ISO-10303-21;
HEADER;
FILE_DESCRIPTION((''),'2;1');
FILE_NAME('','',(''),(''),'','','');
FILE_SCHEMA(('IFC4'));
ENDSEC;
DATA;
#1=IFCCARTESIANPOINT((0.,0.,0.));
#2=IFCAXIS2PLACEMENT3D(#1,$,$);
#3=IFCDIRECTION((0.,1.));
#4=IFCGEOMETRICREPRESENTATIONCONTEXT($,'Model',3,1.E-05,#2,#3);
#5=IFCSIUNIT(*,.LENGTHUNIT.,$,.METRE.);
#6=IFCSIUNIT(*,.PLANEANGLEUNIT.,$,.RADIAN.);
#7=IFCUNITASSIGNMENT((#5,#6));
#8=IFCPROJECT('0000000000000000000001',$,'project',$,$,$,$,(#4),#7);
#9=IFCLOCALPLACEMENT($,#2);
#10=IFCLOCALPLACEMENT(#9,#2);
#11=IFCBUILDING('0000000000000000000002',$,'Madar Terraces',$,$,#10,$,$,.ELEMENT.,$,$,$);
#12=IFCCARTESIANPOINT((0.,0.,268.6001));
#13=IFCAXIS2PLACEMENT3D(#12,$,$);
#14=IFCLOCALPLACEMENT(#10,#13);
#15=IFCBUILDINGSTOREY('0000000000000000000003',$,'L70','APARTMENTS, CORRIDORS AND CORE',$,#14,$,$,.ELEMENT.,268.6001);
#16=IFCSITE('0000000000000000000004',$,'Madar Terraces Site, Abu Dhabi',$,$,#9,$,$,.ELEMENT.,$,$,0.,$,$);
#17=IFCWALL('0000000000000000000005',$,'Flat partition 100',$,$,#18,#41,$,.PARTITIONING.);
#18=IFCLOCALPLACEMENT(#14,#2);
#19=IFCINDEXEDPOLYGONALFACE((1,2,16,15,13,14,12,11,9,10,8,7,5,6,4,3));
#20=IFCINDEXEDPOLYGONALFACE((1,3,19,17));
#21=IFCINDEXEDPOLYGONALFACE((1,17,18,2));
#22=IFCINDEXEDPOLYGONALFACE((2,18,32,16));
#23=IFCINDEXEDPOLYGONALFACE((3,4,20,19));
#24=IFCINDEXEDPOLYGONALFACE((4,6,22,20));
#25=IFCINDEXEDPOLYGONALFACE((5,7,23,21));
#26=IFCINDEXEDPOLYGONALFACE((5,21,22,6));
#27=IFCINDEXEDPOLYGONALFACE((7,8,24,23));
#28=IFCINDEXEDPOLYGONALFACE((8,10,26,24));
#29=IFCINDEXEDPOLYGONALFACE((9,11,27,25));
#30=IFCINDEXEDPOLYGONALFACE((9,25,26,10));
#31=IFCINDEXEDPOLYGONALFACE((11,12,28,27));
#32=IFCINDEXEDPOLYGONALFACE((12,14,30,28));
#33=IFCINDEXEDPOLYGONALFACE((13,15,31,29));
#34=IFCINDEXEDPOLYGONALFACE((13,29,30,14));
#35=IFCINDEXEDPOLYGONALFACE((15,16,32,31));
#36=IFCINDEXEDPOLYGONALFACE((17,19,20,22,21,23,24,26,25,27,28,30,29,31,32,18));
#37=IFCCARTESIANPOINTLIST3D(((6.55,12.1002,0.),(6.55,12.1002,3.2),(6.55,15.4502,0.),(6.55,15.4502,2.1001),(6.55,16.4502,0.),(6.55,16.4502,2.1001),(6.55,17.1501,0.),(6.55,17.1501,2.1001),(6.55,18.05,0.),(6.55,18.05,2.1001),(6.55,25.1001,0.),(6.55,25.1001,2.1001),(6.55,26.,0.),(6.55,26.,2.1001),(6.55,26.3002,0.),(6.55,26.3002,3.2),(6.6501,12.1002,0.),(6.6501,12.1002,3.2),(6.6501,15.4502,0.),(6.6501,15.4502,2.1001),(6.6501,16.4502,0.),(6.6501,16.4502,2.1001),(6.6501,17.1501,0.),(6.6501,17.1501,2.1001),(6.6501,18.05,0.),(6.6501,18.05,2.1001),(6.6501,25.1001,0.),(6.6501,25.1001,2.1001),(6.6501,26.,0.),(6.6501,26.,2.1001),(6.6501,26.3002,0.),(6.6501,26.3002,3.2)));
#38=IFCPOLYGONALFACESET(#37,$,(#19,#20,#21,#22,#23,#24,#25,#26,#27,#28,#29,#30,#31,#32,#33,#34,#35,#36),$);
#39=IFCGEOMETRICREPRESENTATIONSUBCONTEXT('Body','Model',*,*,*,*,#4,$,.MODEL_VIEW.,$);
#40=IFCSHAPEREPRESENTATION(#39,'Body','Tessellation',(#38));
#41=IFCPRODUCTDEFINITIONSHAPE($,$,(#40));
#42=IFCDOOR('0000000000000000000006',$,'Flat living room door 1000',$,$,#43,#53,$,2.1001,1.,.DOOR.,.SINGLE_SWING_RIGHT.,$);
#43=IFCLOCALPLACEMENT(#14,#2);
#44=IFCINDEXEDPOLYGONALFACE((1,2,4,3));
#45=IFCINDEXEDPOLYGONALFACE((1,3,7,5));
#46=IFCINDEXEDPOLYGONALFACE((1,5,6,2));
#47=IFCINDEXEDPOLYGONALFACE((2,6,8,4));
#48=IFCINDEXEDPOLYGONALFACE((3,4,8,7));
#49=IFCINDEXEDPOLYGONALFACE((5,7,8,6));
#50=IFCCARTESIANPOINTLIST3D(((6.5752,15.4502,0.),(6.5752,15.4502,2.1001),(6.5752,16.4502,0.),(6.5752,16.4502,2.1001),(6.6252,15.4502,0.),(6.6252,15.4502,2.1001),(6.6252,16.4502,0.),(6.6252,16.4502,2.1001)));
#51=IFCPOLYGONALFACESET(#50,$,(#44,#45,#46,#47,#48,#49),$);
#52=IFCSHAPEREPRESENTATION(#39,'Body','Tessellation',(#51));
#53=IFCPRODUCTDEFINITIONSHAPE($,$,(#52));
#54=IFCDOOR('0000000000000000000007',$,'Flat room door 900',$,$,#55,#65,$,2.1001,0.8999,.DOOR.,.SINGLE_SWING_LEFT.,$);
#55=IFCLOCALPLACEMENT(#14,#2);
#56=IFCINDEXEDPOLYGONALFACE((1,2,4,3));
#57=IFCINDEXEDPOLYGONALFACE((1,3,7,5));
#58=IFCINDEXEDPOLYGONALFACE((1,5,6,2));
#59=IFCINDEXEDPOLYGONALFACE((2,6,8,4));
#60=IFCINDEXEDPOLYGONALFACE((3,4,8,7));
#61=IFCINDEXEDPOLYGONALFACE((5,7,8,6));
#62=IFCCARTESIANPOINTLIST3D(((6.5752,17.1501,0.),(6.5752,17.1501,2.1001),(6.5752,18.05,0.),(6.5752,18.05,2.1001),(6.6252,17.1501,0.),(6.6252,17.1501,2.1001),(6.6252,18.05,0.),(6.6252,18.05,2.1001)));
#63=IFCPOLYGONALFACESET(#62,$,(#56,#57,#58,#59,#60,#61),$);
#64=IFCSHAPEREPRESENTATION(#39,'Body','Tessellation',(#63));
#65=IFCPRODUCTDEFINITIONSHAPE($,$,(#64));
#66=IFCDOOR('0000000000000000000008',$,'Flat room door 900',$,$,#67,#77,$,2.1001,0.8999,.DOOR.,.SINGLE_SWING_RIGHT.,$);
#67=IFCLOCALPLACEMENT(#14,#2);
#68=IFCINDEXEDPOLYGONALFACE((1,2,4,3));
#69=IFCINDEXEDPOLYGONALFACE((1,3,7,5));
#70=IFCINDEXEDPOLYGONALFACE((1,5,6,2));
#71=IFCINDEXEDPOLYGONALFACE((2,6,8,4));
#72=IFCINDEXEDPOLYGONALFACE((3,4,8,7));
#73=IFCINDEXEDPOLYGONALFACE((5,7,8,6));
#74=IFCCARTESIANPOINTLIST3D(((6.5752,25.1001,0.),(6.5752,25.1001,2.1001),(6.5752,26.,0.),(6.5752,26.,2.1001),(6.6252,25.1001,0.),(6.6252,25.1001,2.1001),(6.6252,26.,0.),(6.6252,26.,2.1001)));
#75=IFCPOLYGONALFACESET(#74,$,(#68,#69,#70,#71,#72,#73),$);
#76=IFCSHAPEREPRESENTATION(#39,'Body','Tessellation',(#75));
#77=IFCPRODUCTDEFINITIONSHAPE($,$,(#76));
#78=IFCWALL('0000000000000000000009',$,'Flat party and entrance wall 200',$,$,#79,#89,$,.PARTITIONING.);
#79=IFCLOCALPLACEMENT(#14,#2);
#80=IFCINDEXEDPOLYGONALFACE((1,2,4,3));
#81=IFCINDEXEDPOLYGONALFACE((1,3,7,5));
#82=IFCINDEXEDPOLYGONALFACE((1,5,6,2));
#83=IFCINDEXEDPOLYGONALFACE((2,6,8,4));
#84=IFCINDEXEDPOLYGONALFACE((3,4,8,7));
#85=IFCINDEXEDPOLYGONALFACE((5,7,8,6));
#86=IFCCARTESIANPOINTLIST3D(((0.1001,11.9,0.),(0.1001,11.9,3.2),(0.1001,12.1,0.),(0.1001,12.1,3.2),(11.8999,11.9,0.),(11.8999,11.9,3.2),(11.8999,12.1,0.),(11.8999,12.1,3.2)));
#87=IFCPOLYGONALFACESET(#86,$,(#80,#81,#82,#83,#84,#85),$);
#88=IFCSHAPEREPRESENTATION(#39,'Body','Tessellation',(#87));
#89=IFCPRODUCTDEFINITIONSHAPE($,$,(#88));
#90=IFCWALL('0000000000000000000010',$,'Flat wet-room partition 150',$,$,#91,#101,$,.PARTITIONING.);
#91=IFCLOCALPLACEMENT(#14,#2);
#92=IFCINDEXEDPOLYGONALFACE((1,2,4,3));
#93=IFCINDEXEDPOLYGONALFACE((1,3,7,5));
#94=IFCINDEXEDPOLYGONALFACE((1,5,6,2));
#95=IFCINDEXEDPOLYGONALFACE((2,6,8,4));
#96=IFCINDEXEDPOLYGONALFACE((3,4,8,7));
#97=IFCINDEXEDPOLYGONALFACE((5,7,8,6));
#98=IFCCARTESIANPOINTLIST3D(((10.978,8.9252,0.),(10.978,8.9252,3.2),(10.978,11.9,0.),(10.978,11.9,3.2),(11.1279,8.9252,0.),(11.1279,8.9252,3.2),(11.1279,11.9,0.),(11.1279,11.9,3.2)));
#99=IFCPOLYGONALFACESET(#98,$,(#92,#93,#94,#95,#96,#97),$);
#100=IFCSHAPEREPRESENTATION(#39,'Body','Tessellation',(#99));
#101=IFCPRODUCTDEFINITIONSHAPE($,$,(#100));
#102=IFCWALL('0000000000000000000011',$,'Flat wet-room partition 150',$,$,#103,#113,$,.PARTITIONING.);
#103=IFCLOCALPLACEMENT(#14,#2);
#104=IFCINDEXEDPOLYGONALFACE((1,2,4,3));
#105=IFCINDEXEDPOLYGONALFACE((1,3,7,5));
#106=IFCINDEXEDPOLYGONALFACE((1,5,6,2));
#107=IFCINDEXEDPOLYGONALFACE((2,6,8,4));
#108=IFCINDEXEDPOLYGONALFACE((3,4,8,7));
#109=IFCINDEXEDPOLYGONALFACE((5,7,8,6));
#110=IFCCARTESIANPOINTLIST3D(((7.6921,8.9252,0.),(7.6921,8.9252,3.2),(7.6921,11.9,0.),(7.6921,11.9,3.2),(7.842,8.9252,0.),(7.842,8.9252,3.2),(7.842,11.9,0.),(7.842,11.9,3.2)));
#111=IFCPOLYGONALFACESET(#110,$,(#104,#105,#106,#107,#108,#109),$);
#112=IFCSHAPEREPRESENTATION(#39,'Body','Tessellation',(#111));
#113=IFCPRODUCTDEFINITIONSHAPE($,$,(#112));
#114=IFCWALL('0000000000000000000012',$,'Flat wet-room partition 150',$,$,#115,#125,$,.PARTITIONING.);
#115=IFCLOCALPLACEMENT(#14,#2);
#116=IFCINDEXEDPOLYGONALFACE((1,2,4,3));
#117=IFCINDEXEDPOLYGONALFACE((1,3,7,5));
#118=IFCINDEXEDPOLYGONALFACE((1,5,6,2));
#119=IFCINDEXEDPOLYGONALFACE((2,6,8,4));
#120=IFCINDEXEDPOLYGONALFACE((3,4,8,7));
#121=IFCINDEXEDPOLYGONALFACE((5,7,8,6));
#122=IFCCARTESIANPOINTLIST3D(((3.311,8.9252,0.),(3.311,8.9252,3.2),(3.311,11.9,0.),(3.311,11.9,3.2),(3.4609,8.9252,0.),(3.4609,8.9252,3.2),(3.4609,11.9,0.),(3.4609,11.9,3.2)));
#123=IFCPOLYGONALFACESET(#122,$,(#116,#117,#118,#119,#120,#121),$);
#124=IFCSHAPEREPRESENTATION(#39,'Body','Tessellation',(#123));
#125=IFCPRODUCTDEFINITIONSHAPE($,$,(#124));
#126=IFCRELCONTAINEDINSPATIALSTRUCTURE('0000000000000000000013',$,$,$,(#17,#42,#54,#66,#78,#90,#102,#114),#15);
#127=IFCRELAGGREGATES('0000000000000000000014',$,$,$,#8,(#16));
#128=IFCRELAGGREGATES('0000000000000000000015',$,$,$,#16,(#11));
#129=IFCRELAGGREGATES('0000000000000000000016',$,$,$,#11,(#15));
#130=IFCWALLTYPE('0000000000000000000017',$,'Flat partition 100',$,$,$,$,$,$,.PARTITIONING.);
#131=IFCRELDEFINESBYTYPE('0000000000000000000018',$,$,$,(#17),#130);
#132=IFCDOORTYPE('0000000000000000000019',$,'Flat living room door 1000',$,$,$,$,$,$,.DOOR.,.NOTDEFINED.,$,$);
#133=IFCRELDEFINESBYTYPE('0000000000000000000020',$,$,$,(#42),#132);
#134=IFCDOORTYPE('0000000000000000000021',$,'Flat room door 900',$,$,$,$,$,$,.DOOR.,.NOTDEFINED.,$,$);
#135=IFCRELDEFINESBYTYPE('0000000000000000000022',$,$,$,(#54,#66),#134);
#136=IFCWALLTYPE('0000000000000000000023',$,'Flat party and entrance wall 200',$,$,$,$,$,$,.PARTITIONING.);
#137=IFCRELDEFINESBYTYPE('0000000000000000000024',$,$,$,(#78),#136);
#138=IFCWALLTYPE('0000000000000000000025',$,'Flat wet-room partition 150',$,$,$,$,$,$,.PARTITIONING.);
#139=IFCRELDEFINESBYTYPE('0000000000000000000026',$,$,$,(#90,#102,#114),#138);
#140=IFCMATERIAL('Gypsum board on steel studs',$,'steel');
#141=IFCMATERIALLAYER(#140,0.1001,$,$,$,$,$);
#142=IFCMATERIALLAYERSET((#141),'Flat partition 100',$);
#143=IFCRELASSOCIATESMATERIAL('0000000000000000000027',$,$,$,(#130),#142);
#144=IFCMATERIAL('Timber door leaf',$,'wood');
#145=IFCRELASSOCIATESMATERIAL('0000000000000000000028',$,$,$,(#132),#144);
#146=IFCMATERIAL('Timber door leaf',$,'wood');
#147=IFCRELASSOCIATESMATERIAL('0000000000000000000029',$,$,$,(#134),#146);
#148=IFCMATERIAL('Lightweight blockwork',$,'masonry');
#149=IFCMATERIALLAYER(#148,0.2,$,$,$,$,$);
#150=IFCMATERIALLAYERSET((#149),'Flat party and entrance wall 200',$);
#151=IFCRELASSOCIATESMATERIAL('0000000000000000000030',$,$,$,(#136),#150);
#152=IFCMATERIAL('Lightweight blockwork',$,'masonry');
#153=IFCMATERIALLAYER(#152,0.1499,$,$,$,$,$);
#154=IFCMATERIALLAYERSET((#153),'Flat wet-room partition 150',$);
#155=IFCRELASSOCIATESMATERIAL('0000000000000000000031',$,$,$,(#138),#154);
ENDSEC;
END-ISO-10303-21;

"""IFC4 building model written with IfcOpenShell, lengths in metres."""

from ifc_helpers import new_model, si_unit, direction, frame, frame_2d, origin, place, context, subcontext, project, spatial, rectangle, extrude, material, layer, layer_set, type_object, element, fill, save


model = new_model("IFC4")

# Units and contexts
model_context = context("Model", 3, precision=1e-05, world=origin(), true_north=direction((0.0, 1.0)))
body_context = subcontext(model_context, "Body", "Model", "MODEL_VIEW")
ifc_project = project(units=[si_unit("LENGTHUNIT", "METRE"), si_unit("PLANEANGLEUNIT", "RADIAN")], contexts=[model_context])

# Site, building, storey
site_placement = place(None, origin())
site = spatial("IfcSite", under=ifc_project, at=site_placement, Name="Madar Terraces Site, Abu Dhabi", CompositionType="ELEMENT", RefElevation=0.0)
building_placement = place(site_placement, origin())
building = spatial("IfcBuilding", under=site, at=building_placement, Name="Madar Terraces", CompositionType="ELEMENT")
storey_placement = place(building_placement, frame((0.0, 0.0, 268.6001)))
storey = spatial("IfcBuildingStorey", under=building, at=storey_placement, Name="L70", Description="APARTMENTS, CORRIDORS AND CORE", CompositionType="ELEMENT", Elevation=268.6001)

# Shared definitions
ifc_material_1 = material(Name="Gypsum board on steel studs", Category="steel")
ifc_layer_1 = layer(ifc_material_1, 0.1001)
ifc_layer_set_1 = layer_set([ifc_layer_1], Name="Flat partition 100")
wall_type_1 = type_object("IfcWallType", Name="Flat partition 100", PredefinedType="PARTITIONING", material=ifc_layer_set_1)

# Wall, openings, doors
wall_1_placement = place(storey_placement, frame((6.6001, 12.1001, 0.0), z_axis=(0.0, 0.0, 1.0), x_axis=(0.0, 1.0, 0.0)))
wall_1 = element("IfcWall", 1, at=wall_1_placement, inside=storey, type_object=wall_type_1, Name="Flat partition 100", PredefinedType="PARTITIONING", context=body_context, shape_type="SweptSolid", body=[
    extrude(rectangle(XDim=14.2, YDim=0.1001, at=frame_2d((7.1001, 0.0))), origin(), (0.0, 0.0, 1.0), 3.2),
])
opening_1_placement = place(wall_1_placement, frame((3.3501, 0.0, 0.0)))
opening_1 = element("IfcOpeningElement", 2, at=opening_1_placement, cuts=wall_1, PredefinedType="OPENING", context=body_context, shape_type="SweptSolid", body=[
    extrude(rectangle(XDim=1.0, YDim=2.1001, at=frame_2d((0.5, 1.05))), frame((0.0, 0.0601, 0.0), z_axis=(0.0, -1.0, 0.0), x_axis=(1.0, 0.0, 0.0)), (0.0, 0.0, 1.0), 0.1201),
])
opening_2_placement = place(wall_1_placement, frame((5.05, 0.0, 0.0)))
opening_2 = element("IfcOpeningElement", 3, at=opening_2_placement, cuts=wall_1, PredefinedType="OPENING", context=body_context, shape_type="SweptSolid", body=[
    extrude(rectangle(XDim=0.8999, YDim=2.1001, at=frame_2d((0.45, 1.05))), frame((0.0, 0.0601, 0.0), z_axis=(0.0, -1.0, 0.0), x_axis=(1.0, 0.0, 0.0)), (0.0, 0.0, 1.0), 0.1201),
])
opening_3_placement = place(wall_1_placement, frame((13.0, 0.0, 0.0)))
opening_3 = element("IfcOpeningElement", 4, at=opening_3_placement, cuts=wall_1, PredefinedType="OPENING", context=body_context, shape_type="SweptSolid", body=[
    extrude(rectangle(XDim=0.8999, YDim=2.1001, at=frame_2d((0.45, 1.05))), frame((0.0, 0.0601, 0.0), z_axis=(0.0, -1.0, 0.0), x_axis=(1.0, 0.0, 0.0)), (0.0, 0.0, 1.0), 0.1201),
])
ifc_material_2 = material(Name="Timber door leaf", Category="wood")
door_type_1 = type_object("IfcDoorType", Name="Flat living room door 1000", OperationType="NOTDEFINED", PredefinedType="DOOR", material=ifc_material_2)
door_1_placement = place(opening_1_placement, origin())
door_1 = element("IfcDoor", 5, at=door_1_placement, inside=storey, type_object=door_type_1, Name="Flat living room door 1000", OperationType="SINGLE_SWING_RIGHT", OverallHeight=2.1001, OverallWidth=1.0, PredefinedType="DOOR", context=body_context, shape_type="SweptSolid", body=[
    extrude(rectangle(XDim=1.0, YDim=2.1001, at=frame_2d((0.5, 1.05))), frame((0.0, 0.0249, 0.0), z_axis=(0.0, -1.0, 0.0), x_axis=(1.0, 0.0, 0.0)), (0.0, 0.0, 1.0), 0.05),
])
fill(opening_1, door_1)
ifc_material_3 = material(Name="Timber door leaf", Category="wood")
door_type_2 = type_object("IfcDoorType", Name="Flat room door 900", OperationType="NOTDEFINED", PredefinedType="DOOR", material=ifc_material_3)
door_2_placement = place(opening_2_placement, origin())
door_2 = element("IfcDoor", 6, at=door_2_placement, inside=storey, type_object=door_type_2, Name="Flat room door 900", OperationType="SINGLE_SWING_LEFT", OverallHeight=2.1001, OverallWidth=0.8999, PredefinedType="DOOR", context=body_context, shape_type="SweptSolid", body=[
    extrude(rectangle(XDim=0.8999, YDim=2.1001, at=frame_2d((0.45, 1.05))), frame((0.0, 0.0249, 0.0), z_axis=(0.0, -1.0, 0.0), x_axis=(1.0, 0.0, 0.0)), (0.0, 0.0, 1.0), 0.05),
])
fill(opening_2, door_2)
door_3_placement = place(opening_3_placement, origin())
door_3 = element("IfcDoor", 7, at=door_3_placement, inside=storey, type_object=door_type_2, Name="Flat room door 900", OperationType="SINGLE_SWING_RIGHT", OverallHeight=2.1001, OverallWidth=0.8999, PredefinedType="DOOR", context=body_context, shape_type="SweptSolid", body=[
    extrude(rectangle(XDim=0.8999, YDim=2.1001, at=frame_2d((0.45, 1.05))), frame((0.0, 0.0249, 0.0), z_axis=(0.0, -1.0, 0.0), x_axis=(1.0, 0.0, 0.0)), (0.0, 0.0, 1.0), 0.05),
])
fill(opening_3, door_3)

# Walls
ifc_material_4 = material(Name="Lightweight blockwork", Category="masonry")
ifc_layer_2 = layer(ifc_material_4, 0.2)
ifc_layer_set_2 = layer_set([ifc_layer_2], Name="Flat party and entrance wall 200")
wall_type_2 = type_object("IfcWallType", Name="Flat party and entrance wall 200", PredefinedType="PARTITIONING", material=ifc_layer_set_2)
wall_2_placement = place(storey_placement, frame((0.1001, 12.0, 0.0), z_axis=(0.0, 0.0, 1.0), x_axis=(1.0, 0.0, 0.0)))
element("IfcWall", 8, at=wall_2_placement, inside=storey, type_object=wall_type_2, Name="Flat party and entrance wall 200", PredefinedType="PARTITIONING", context=body_context, shape_type="SweptSolid", body=[
    extrude(rectangle(XDim=11.7998, YDim=0.2, at=frame_2d((5.8999, 0.0))), origin(), (0.0, 0.0, 1.0), 3.2),
])
ifc_material_5 = material(Name="Lightweight blockwork", Category="masonry")
ifc_layer_3 = layer(ifc_material_5, 0.1499)
ifc_layer_set_3 = layer_set([ifc_layer_3], Name="Flat wet-room partition 150")
wall_type_3 = type_object("IfcWallType", Name="Flat wet-room partition 150", PredefinedType="PARTITIONING", material=ifc_layer_set_3)
for number, where, z_axis, x_axis, name in (
    (9, (11.053, 11.8999, 0.0), (0.0, 0.0, 1.0), (0.0, -1.0, 0.0), "Flat wet-room partition 150"),
    (10, (7.7671, 11.8999, 0.0), (0.0, 0.0, 1.0), (0.0, -1.0, 0.0), "Flat wet-room partition 150"),
    (11, (3.386, 11.8999, 0.0), (0.0, 0.0, 1.0), (0.0, -1.0, 0.0), "Flat wet-room partition 150"),
):
    element("IfcWall", number, at=place(storey_placement, frame(where, z_axis=z_axis, x_axis=x_axis)), inside=storey, type_object=wall_type_3, Name=name, PredefinedType="PARTITIONING", context=body_context, shape_type="SweptSolid", body=[
        extrude(rectangle(XDim=2.9749, YDim=0.1499, at=frame_2d((1.4873, 0.0))), origin(), (0.0, 0.0, 1.0), 3.2),
    ])

save(model, "model.ifc")
